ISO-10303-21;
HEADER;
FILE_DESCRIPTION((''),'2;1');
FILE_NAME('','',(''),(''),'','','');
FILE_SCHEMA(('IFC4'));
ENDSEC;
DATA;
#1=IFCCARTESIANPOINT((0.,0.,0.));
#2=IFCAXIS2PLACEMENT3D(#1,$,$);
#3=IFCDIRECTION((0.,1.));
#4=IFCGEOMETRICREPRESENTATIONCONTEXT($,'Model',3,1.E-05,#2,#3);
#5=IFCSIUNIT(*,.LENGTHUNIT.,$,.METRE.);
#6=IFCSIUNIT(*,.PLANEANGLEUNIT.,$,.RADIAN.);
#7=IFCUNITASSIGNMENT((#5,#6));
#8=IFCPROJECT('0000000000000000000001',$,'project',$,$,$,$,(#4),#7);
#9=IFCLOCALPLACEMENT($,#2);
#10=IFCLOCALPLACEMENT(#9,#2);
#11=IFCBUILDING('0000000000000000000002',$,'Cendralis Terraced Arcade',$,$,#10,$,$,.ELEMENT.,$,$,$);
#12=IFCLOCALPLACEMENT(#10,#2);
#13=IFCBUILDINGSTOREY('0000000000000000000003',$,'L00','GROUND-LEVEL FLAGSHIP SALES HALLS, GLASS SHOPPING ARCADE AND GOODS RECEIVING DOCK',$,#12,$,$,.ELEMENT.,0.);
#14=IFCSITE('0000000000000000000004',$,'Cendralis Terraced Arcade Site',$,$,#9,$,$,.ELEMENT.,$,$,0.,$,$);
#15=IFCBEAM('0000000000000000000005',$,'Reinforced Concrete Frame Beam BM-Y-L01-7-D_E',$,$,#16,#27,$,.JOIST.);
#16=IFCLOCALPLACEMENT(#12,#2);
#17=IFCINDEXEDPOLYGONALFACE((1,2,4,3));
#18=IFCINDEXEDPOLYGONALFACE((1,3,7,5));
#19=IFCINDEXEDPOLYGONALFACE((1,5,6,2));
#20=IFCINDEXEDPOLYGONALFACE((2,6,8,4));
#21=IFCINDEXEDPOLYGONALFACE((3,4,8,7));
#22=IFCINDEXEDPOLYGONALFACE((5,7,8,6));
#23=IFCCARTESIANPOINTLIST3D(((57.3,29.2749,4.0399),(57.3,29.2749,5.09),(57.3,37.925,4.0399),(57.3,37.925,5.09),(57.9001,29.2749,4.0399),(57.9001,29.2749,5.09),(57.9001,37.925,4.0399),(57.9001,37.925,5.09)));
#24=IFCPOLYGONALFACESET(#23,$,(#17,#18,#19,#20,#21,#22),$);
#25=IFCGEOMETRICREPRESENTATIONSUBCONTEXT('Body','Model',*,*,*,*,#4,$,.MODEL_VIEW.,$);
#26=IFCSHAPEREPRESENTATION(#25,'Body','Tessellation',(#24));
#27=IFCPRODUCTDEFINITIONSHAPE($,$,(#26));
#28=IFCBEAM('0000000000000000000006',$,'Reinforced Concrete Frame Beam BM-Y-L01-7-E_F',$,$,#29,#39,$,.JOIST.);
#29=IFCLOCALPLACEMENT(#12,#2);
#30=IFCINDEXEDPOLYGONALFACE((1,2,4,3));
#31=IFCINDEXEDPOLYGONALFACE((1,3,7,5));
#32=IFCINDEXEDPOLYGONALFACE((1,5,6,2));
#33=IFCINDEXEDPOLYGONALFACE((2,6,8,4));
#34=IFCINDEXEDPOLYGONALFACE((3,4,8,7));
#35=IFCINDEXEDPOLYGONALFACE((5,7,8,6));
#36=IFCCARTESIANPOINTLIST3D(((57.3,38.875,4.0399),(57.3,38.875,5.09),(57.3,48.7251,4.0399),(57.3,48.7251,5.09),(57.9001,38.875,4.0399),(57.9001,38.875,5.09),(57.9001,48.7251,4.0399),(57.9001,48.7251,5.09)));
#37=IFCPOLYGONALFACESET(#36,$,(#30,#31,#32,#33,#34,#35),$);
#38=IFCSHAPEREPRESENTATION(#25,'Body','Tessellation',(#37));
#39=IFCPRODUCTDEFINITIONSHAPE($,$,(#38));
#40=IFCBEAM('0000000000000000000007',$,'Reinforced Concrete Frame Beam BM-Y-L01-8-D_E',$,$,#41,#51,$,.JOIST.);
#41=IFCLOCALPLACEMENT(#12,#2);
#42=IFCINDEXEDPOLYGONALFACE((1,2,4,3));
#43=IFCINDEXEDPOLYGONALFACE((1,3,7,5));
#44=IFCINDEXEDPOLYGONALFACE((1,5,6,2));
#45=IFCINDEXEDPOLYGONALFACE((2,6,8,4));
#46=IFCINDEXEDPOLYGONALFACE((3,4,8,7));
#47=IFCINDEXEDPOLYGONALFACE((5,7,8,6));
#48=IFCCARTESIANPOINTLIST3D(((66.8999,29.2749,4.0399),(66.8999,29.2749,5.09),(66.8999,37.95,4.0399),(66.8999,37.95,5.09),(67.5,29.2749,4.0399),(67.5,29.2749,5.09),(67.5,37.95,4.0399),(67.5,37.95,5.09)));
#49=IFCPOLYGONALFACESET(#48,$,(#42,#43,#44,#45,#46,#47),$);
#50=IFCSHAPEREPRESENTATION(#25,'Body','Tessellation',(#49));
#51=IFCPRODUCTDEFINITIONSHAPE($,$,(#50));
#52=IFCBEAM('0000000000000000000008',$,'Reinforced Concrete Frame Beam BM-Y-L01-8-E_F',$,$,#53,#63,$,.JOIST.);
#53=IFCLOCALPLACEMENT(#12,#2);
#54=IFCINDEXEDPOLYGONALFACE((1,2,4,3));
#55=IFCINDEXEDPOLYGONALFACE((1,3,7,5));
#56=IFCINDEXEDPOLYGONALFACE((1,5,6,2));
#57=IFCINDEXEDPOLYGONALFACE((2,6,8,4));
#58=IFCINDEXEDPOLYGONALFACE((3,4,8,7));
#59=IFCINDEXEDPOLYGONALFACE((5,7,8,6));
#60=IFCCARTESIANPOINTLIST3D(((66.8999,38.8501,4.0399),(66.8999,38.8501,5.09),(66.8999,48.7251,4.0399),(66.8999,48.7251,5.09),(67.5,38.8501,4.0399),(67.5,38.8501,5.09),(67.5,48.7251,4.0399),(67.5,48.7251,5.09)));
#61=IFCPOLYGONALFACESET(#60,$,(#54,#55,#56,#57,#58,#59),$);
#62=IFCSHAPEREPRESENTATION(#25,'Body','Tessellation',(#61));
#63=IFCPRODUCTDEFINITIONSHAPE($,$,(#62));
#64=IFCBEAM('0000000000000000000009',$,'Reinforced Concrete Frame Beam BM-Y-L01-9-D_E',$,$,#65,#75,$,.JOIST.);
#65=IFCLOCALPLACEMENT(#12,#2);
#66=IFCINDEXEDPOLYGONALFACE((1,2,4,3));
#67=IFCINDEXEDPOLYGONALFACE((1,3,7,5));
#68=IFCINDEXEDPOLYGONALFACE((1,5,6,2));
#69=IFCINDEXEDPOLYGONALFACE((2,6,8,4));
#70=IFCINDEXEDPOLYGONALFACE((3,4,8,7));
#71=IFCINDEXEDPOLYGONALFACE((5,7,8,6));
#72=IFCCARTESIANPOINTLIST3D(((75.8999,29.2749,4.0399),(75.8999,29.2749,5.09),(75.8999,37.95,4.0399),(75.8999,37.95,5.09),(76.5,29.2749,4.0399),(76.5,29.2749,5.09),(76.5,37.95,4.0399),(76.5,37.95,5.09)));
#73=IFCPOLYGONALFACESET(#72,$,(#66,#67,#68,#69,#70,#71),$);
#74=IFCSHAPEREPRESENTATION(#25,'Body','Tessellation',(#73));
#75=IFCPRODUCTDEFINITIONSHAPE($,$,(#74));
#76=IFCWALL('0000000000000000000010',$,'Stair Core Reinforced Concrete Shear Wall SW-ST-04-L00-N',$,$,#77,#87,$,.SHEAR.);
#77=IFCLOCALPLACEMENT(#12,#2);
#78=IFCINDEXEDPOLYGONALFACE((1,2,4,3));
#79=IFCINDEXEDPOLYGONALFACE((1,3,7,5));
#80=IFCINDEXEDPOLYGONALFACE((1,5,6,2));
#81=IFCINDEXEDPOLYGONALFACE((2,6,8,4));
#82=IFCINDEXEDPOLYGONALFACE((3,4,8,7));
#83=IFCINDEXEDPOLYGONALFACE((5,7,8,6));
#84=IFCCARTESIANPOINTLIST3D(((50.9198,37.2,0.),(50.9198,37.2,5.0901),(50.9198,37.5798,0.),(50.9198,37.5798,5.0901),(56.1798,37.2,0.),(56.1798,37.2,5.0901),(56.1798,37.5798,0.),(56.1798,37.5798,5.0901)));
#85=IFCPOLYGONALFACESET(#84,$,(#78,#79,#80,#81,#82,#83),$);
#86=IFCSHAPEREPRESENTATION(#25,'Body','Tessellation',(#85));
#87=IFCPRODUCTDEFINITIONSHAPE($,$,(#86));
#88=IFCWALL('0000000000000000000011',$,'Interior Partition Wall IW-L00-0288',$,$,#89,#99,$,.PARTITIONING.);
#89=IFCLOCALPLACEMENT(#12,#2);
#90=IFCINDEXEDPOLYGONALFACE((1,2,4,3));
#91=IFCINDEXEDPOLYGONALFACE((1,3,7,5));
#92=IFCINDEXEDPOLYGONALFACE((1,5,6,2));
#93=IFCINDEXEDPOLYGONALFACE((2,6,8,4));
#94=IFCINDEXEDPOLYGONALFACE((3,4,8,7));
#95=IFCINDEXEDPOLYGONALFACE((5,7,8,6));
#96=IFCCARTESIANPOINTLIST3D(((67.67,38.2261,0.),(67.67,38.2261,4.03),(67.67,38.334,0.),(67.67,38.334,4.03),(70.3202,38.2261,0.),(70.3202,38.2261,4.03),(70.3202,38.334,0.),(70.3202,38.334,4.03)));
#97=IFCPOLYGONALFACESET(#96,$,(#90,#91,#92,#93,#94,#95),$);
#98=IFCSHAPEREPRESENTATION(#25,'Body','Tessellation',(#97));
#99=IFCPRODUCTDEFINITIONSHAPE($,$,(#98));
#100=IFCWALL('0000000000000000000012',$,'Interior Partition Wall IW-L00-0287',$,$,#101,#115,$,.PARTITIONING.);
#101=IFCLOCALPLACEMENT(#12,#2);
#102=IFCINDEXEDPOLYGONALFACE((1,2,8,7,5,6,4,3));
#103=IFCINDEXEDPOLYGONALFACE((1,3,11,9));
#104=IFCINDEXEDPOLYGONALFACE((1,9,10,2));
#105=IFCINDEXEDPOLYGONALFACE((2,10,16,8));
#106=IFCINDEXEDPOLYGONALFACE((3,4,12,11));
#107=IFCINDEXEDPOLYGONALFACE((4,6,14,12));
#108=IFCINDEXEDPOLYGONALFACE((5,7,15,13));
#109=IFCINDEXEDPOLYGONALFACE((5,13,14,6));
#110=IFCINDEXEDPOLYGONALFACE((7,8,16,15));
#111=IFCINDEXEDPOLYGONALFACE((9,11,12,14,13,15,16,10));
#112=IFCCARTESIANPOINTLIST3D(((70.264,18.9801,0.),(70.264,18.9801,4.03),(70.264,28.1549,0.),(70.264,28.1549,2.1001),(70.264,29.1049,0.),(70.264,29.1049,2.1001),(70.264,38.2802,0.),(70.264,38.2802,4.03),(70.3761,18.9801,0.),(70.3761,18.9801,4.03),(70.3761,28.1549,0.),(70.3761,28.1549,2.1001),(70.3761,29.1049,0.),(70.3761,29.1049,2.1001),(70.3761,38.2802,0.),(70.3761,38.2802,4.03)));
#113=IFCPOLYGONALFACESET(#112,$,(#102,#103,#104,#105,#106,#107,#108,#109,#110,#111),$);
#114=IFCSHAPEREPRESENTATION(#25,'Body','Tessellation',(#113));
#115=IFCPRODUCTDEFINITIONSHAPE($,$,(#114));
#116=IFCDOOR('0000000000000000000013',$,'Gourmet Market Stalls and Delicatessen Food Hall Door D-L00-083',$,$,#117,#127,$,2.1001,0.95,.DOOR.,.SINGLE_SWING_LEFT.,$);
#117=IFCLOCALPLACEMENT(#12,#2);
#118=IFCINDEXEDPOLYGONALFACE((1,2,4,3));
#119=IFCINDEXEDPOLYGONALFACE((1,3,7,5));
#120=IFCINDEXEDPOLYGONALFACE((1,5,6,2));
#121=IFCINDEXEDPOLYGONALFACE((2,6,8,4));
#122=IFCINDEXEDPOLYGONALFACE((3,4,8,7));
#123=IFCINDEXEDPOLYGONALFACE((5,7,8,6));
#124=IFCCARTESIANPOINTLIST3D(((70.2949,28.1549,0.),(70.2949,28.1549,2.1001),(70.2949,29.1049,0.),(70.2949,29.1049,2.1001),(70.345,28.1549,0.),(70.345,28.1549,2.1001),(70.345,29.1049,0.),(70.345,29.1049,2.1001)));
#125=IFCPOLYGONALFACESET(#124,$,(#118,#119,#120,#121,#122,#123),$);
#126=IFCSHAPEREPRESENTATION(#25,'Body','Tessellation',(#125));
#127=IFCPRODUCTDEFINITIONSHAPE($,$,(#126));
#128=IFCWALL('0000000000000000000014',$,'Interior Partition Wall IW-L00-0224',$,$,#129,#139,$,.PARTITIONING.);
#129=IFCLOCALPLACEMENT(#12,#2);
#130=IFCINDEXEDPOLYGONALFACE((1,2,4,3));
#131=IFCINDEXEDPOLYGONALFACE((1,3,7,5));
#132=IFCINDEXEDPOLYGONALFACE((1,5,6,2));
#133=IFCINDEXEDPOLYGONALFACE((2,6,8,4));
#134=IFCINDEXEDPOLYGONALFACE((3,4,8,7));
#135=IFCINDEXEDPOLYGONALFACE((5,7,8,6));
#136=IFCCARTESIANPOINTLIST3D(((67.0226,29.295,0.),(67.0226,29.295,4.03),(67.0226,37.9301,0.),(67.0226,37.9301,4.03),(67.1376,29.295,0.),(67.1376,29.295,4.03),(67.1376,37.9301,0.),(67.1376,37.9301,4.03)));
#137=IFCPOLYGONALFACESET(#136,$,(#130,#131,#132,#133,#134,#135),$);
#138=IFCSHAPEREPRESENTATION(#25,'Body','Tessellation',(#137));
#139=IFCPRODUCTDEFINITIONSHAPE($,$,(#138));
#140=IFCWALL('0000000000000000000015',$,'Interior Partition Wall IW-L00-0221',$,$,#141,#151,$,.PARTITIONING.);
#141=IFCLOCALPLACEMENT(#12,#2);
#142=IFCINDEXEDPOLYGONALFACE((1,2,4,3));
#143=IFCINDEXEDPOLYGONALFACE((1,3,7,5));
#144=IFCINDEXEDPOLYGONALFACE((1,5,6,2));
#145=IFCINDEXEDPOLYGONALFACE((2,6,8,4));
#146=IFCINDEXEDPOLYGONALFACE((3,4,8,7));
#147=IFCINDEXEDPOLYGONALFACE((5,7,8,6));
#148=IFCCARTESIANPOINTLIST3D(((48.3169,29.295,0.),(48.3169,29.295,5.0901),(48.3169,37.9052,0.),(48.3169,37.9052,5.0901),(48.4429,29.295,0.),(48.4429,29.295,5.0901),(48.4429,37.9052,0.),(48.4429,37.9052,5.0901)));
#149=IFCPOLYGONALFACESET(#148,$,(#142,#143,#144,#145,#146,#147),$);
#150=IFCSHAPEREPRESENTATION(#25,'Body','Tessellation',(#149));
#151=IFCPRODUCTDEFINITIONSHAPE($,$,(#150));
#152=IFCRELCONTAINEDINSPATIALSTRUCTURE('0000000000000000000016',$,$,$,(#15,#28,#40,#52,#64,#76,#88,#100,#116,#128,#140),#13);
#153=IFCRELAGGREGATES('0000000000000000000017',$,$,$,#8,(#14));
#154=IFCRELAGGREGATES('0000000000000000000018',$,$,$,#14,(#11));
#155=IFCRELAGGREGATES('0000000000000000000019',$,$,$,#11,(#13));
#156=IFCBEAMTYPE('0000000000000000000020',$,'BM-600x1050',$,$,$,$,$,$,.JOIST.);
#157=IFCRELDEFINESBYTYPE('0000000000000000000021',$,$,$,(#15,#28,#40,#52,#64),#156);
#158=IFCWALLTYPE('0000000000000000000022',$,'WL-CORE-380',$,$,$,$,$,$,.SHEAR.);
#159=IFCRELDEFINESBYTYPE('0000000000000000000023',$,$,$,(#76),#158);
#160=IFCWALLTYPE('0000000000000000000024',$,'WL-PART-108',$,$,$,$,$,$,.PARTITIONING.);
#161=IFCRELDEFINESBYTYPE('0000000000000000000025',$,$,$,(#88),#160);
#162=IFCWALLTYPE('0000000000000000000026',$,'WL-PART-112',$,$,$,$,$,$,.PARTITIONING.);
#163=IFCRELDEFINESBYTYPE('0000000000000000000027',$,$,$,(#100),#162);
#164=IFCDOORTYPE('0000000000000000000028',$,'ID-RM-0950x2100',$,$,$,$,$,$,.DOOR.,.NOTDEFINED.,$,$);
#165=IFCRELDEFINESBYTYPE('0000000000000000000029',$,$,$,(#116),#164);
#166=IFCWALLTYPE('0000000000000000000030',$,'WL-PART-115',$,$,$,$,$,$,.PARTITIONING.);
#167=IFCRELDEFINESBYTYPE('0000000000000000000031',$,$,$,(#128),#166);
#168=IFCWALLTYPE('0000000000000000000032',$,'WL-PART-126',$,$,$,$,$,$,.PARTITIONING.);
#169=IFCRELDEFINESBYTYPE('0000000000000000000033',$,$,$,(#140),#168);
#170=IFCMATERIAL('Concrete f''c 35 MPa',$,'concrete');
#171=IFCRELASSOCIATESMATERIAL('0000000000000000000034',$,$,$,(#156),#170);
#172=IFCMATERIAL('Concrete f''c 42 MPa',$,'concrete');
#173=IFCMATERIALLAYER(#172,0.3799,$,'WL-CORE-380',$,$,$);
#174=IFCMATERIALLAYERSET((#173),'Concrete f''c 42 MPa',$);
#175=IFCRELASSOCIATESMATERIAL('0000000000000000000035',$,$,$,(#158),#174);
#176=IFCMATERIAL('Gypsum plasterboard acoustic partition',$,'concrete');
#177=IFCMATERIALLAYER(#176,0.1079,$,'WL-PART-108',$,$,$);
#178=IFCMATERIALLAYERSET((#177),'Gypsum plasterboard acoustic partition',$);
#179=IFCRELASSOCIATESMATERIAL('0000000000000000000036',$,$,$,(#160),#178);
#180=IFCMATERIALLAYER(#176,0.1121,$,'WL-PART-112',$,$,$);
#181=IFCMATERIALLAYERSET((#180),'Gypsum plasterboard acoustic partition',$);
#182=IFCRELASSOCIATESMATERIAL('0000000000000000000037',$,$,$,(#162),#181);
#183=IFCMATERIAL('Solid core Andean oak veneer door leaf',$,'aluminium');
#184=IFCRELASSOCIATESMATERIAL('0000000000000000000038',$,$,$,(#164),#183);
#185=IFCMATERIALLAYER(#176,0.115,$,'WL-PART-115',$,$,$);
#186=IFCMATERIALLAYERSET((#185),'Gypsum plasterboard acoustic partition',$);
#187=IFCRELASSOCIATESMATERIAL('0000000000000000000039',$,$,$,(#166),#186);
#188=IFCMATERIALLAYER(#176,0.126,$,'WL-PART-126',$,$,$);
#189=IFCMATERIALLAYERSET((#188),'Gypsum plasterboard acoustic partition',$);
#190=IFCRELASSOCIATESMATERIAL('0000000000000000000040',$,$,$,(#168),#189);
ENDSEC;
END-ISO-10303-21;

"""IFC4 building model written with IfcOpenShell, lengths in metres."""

from ifc_helpers import new_model, si_unit, direction, frame, frame_2d, origin, origin_2d, place, context, subcontext, project, spatial, rectangle, extrude, material, layer, layer_set, material_profile, profile_set, type_object, element, fill, save


model = new_model("IFC4")

# Units and contexts
model_context = context("Model", 3, precision=1e-05, world=origin(), true_north=direction((0.0, 1.0)))
body_context = subcontext(model_context, "Body", "Model", "MODEL_VIEW")
ifc_project = project(units=[si_unit("LENGTHUNIT", "METRE"), si_unit("PLANEANGLEUNIT", "RADIAN")], contexts=[model_context])

# Site, building, storey
site_placement = place(None, origin())
site = spatial("IfcSite", under=ifc_project, at=site_placement, Name="Cendralis Terraced Arcade Site", CompositionType="ELEMENT", RefElevation=0.0)
building_placement = place(site_placement, origin())
building = spatial("IfcBuilding", under=site, at=building_placement, Name="Cendralis Terraced Arcade", CompositionType="ELEMENT")
storey_placement = place(building_placement, origin())
storey = spatial("IfcBuildingStorey", under=building, at=storey_placement, Name="L00", Description="GROUND-LEVEL FLAGSHIP SALES HALLS, GLASS SHOPPING ARCADE AND GOODS RECEIVING DOCK", CompositionType="ELEMENT", Elevation=0.0)

# Shared definitions
ifc_material_1 = material(Name="Concrete f'c 42 MPa", Category="concrete")

# Beams
ifc_material_2 = material(Name="Concrete f'c 35 MPa", Category="concrete")
ifc_material_profile_1 = material_profile(ifc_material_2, rectangle(XDim=0.6001, YDim=1.05, at=origin_2d()), Name="RC-BM-600x1050", Category="LoadBearing")
ifc_profile_set_1 = profile_set([ifc_material_profile_1], Name="Concrete f'c 35 MPa")
beam_type = type_object("IfcBeamType", Name="BM-600x1050", PredefinedType="JOIST", material=ifc_profile_set_1)
beam_1_placement = place(storey_placement, frame((57.6001, 29.2749, 4.5649), z_axis=(0.0, 1.0, 0.0), x_axis=(-1.0, 0.0, 0.0)))
element("IfcBeam", 1, at=beam_1_placement, inside=storey, type_object=beam_type, Name="Reinforced Concrete Frame Beam BM-Y-L01-7-D_E", PredefinedType="JOIST", context=body_context, shape_type="SweptSolid", body=[
    extrude(rectangle(XDim=0.6001, YDim=1.05, at=origin_2d()), origin(), (0.0, 0.0, 1.0), 8.6501),
])
beam_2_placement = place(storey_placement, frame((57.6001, 38.875, 4.5649), z_axis=(0.0, 1.0, 0.0), x_axis=(-1.0, 0.0, 0.0)))
element("IfcBeam", 2, at=beam_2_placement, inside=storey, type_object=beam_type, Name="Reinforced Concrete Frame Beam BM-Y-L01-7-E_F", PredefinedType="JOIST", context=body_context, shape_type="SweptSolid", body=[
    extrude(rectangle(XDim=0.6001, YDim=1.05, at=origin_2d()), origin(), (0.0, 0.0, 1.0), 9.8501),
])
beam_3_placement = place(storey_placement, frame((67.2, 29.2749, 4.5649), z_axis=(0.0, 1.0, 0.0), x_axis=(-1.0, 0.0, 0.0)))
element("IfcBeam", 3, at=beam_3_placement, inside=storey, type_object=beam_type, Name="Reinforced Concrete Frame Beam BM-Y-L01-8-D_E", PredefinedType="JOIST", context=body_context, shape_type="SweptSolid", body=[
    extrude(rectangle(XDim=0.6001, YDim=1.05, at=origin_2d()), origin(), (0.0, 0.0, 1.0), 8.675),
])
beam_4_placement = place(storey_placement, frame((67.2, 38.8501, 4.5649), z_axis=(0.0, 1.0, 0.0), x_axis=(-1.0, 0.0, 0.0)))
element("IfcBeam", 4, at=beam_4_placement, inside=storey, type_object=beam_type, Name="Reinforced Concrete Frame Beam BM-Y-L01-8-E_F", PredefinedType="JOIST", context=body_context, shape_type="SweptSolid", body=[
    extrude(rectangle(XDim=0.6001, YDim=1.05, at=origin_2d()), origin(), (0.0, 0.0, 1.0), 9.875),
])
beam_5_placement = place(storey_placement, frame((76.2, 29.2749, 4.5649), z_axis=(0.0, 1.0, 0.0), x_axis=(-1.0, 0.0, 0.0)))
element("IfcBeam", 5, at=beam_5_placement, inside=storey, type_object=beam_type, Name="Reinforced Concrete Frame Beam BM-Y-L01-9-D_E", PredefinedType="JOIST", context=body_context, shape_type="SweptSolid", body=[
    extrude(rectangle(XDim=0.6001, YDim=1.05, at=origin_2d()), origin(), (0.0, 0.0, 1.0), 8.675),
])

# Walls
ifc_layer_1 = layer(ifc_material_1, 0.3799, Name="WL-CORE-380")
ifc_layer_set_1 = layer_set([ifc_layer_1], Name="Concrete f'c 42 MPa")
wall_type_1 = type_object("IfcWallType", Name="WL-CORE-380", PredefinedType="SHEAR", material=ifc_layer_set_1)
wall_1_placement = place(storey_placement, frame((50.9199, 37.3899, 0.0), z_axis=(0.0, 0.0, 1.0), x_axis=(1.0, 0.0, 0.0)))
element("IfcWall", 6, at=wall_1_placement, inside=storey, type_object=wall_type_1, Name="Stair Core Reinforced Concrete Shear Wall SW-ST-04-L00-N", PredefinedType="SHEAR", context=body_context, shape_type="SweptSolid", body=[
    extrude(rectangle(XDim=5.26, YDim=0.3799, at=frame_2d((2.6299, 0.0))), origin(), (0.0, 0.0, 1.0), 5.0901),
])
ifc_material_3 = material(Name="Gypsum plasterboard acoustic partition", Category="concrete")
ifc_layer_2 = layer(ifc_material_3, 0.1079, Name="WL-PART-108")
ifc_layer_set_2 = layer_set([ifc_layer_2], Name="Gypsum plasterboard acoustic partition")
wall_type_2 = type_object("IfcWallType", Name="WL-PART-108", PredefinedType="PARTITIONING", material=ifc_layer_set_2)
wall_2_placement = place(storey_placement, frame((67.6699, 38.28, 0.0), z_axis=(0.0, 0.0, 1.0), x_axis=(1.0, 0.0, 0.0)))
element("IfcWall", 7, at=wall_2_placement, inside=storey, type_object=wall_type_2, Name="Interior Partition Wall IW-L00-0288", PredefinedType="PARTITIONING", context=body_context, shape_type="SweptSolid", body=[
    extrude(rectangle(XDim=2.6501, YDim=0.1079, at=frame_2d((1.3252, 0.0))), origin(), (0.0, 0.0, 1.0), 4.03),
])

# Wall, opening, door
ifc_layer_3 = layer(ifc_material_3, 0.1121, Name="WL-PART-112")
ifc_layer_set_3 = layer_set([ifc_layer_3], Name="Gypsum plasterboard acoustic partition")
wall_type_3 = type_object("IfcWallType", Name="WL-PART-112", PredefinedType="PARTITIONING", material=ifc_layer_set_3)
wall_3_placement = place(storey_placement, frame((70.3201, 38.28, 0.0), z_axis=(0.0, 0.0, 1.0), x_axis=(0.0, -1.0, 0.0)))
wall_3 = element("IfcWall", 8, at=wall_3_placement, inside=storey, type_object=wall_type_3, Name="Interior Partition Wall IW-L00-0287", PredefinedType="PARTITIONING", context=body_context, shape_type="SweptSolid", body=[
    extrude(rectangle(XDim=19.3, YDim=0.1121, at=frame_2d((9.6499, 0.0))), origin(), (0.0, 0.0, 1.0), 4.03),
])
opening_1_placement = place(wall_3_placement, frame((9.175, 0.0, 0.0)))
opening_1 = element("IfcOpeningElement", 9, at=opening_1_placement, cuts=wall_3, PredefinedType="OPENING", context=body_context, shape_type="SweptSolid", body=[
    extrude(rectangle(XDim=0.95, YDim=2.1001, at=frame_2d((0.4751, 1.05))), frame((0.0, 0.0679, 0.0), z_axis=(0.0, -1.0, 0.0), x_axis=(1.0, 0.0, 0.0)), (0.0, 0.0, 1.0), 0.136),
])
ifc_material_4 = material(Name="Solid core Andean oak veneer door leaf", Category="aluminium")
door_type_1 = type_object("IfcDoorType", Name="ID-RM-0950x2100", OperationType="NOTDEFINED", PredefinedType="DOOR", material=ifc_material_4)
door_1_placement = place(opening_1_placement, origin())
door_1 = element("IfcDoor", 10, at=door_1_placement, inside=storey, type_object=door_type_1, Name="Gourmet Market Stalls and Delicatessen Food Hall Door D-L00-083", OperationType="SINGLE_SWING_LEFT", OverallHeight=2.1001, OverallWidth=0.95, PredefinedType="DOOR", context=body_context, shape_type="SweptSolid", body=[
    extrude(rectangle(XDim=0.95, YDim=2.1001, at=frame_2d((0.4751, 1.05))), frame((0.0, 0.0249, 0.0), z_axis=(0.0, -1.0, 0.0), x_axis=(1.0, 0.0, 0.0)), (0.0, 0.0, 1.0), 0.05),
])
fill(opening_1, door_1)

# Walls
ifc_layer_4 = layer(ifc_material_3, 0.115, Name="WL-PART-115")
ifc_layer_set_4 = layer_set([ifc_layer_4], Name="Gypsum plasterboard acoustic partition")
wall_type_4 = type_object("IfcWallType", Name="WL-PART-115", PredefinedType="PARTITIONING", material=ifc_layer_set_4)
wall_4_placement = place(storey_placement, frame((67.0801, 37.9299, 0.0), z_axis=(0.0, 0.0, 1.0), x_axis=(0.0, -1.0, 0.0)))
element("IfcWall", 11, at=wall_4_placement, inside=storey, type_object=wall_type_4, Name="Interior Partition Wall IW-L00-0224", PredefinedType="PARTITIONING", context=body_context, shape_type="SweptSolid", body=[
    extrude(rectangle(XDim=8.635, YDim=0.115, at=frame_2d((4.3174, 0.0))), origin(), (0.0, 0.0, 1.0), 4.03),
])
ifc_layer_5 = layer(ifc_material_3, 0.126, Name="WL-PART-126")
ifc_layer_set_5 = layer_set([ifc_layer_5], Name="Gypsum plasterboard acoustic partition")
wall_type_5 = type_object("IfcWallType", Name="WL-PART-126", PredefinedType="PARTITIONING", material=ifc_layer_set_5)
wall_5_placement = place(storey_placement, frame((48.3799, 29.2949, 0.0), z_axis=(0.0, 0.0, 1.0), x_axis=(0.0, 1.0, 0.0)))
element("IfcWall", 12, at=wall_5_placement, inside=storey, type_object=wall_type_5, Name="Interior Partition Wall IW-L00-0221", PredefinedType="PARTITIONING", context=body_context, shape_type="SweptSolid", body=[
    extrude(rectangle(XDim=8.6101, YDim=0.126, at=frame_2d((4.3052, 0.0))), origin(), (0.0, 0.0, 1.0), 5.0901),
])

save(model, "model.ifc")
